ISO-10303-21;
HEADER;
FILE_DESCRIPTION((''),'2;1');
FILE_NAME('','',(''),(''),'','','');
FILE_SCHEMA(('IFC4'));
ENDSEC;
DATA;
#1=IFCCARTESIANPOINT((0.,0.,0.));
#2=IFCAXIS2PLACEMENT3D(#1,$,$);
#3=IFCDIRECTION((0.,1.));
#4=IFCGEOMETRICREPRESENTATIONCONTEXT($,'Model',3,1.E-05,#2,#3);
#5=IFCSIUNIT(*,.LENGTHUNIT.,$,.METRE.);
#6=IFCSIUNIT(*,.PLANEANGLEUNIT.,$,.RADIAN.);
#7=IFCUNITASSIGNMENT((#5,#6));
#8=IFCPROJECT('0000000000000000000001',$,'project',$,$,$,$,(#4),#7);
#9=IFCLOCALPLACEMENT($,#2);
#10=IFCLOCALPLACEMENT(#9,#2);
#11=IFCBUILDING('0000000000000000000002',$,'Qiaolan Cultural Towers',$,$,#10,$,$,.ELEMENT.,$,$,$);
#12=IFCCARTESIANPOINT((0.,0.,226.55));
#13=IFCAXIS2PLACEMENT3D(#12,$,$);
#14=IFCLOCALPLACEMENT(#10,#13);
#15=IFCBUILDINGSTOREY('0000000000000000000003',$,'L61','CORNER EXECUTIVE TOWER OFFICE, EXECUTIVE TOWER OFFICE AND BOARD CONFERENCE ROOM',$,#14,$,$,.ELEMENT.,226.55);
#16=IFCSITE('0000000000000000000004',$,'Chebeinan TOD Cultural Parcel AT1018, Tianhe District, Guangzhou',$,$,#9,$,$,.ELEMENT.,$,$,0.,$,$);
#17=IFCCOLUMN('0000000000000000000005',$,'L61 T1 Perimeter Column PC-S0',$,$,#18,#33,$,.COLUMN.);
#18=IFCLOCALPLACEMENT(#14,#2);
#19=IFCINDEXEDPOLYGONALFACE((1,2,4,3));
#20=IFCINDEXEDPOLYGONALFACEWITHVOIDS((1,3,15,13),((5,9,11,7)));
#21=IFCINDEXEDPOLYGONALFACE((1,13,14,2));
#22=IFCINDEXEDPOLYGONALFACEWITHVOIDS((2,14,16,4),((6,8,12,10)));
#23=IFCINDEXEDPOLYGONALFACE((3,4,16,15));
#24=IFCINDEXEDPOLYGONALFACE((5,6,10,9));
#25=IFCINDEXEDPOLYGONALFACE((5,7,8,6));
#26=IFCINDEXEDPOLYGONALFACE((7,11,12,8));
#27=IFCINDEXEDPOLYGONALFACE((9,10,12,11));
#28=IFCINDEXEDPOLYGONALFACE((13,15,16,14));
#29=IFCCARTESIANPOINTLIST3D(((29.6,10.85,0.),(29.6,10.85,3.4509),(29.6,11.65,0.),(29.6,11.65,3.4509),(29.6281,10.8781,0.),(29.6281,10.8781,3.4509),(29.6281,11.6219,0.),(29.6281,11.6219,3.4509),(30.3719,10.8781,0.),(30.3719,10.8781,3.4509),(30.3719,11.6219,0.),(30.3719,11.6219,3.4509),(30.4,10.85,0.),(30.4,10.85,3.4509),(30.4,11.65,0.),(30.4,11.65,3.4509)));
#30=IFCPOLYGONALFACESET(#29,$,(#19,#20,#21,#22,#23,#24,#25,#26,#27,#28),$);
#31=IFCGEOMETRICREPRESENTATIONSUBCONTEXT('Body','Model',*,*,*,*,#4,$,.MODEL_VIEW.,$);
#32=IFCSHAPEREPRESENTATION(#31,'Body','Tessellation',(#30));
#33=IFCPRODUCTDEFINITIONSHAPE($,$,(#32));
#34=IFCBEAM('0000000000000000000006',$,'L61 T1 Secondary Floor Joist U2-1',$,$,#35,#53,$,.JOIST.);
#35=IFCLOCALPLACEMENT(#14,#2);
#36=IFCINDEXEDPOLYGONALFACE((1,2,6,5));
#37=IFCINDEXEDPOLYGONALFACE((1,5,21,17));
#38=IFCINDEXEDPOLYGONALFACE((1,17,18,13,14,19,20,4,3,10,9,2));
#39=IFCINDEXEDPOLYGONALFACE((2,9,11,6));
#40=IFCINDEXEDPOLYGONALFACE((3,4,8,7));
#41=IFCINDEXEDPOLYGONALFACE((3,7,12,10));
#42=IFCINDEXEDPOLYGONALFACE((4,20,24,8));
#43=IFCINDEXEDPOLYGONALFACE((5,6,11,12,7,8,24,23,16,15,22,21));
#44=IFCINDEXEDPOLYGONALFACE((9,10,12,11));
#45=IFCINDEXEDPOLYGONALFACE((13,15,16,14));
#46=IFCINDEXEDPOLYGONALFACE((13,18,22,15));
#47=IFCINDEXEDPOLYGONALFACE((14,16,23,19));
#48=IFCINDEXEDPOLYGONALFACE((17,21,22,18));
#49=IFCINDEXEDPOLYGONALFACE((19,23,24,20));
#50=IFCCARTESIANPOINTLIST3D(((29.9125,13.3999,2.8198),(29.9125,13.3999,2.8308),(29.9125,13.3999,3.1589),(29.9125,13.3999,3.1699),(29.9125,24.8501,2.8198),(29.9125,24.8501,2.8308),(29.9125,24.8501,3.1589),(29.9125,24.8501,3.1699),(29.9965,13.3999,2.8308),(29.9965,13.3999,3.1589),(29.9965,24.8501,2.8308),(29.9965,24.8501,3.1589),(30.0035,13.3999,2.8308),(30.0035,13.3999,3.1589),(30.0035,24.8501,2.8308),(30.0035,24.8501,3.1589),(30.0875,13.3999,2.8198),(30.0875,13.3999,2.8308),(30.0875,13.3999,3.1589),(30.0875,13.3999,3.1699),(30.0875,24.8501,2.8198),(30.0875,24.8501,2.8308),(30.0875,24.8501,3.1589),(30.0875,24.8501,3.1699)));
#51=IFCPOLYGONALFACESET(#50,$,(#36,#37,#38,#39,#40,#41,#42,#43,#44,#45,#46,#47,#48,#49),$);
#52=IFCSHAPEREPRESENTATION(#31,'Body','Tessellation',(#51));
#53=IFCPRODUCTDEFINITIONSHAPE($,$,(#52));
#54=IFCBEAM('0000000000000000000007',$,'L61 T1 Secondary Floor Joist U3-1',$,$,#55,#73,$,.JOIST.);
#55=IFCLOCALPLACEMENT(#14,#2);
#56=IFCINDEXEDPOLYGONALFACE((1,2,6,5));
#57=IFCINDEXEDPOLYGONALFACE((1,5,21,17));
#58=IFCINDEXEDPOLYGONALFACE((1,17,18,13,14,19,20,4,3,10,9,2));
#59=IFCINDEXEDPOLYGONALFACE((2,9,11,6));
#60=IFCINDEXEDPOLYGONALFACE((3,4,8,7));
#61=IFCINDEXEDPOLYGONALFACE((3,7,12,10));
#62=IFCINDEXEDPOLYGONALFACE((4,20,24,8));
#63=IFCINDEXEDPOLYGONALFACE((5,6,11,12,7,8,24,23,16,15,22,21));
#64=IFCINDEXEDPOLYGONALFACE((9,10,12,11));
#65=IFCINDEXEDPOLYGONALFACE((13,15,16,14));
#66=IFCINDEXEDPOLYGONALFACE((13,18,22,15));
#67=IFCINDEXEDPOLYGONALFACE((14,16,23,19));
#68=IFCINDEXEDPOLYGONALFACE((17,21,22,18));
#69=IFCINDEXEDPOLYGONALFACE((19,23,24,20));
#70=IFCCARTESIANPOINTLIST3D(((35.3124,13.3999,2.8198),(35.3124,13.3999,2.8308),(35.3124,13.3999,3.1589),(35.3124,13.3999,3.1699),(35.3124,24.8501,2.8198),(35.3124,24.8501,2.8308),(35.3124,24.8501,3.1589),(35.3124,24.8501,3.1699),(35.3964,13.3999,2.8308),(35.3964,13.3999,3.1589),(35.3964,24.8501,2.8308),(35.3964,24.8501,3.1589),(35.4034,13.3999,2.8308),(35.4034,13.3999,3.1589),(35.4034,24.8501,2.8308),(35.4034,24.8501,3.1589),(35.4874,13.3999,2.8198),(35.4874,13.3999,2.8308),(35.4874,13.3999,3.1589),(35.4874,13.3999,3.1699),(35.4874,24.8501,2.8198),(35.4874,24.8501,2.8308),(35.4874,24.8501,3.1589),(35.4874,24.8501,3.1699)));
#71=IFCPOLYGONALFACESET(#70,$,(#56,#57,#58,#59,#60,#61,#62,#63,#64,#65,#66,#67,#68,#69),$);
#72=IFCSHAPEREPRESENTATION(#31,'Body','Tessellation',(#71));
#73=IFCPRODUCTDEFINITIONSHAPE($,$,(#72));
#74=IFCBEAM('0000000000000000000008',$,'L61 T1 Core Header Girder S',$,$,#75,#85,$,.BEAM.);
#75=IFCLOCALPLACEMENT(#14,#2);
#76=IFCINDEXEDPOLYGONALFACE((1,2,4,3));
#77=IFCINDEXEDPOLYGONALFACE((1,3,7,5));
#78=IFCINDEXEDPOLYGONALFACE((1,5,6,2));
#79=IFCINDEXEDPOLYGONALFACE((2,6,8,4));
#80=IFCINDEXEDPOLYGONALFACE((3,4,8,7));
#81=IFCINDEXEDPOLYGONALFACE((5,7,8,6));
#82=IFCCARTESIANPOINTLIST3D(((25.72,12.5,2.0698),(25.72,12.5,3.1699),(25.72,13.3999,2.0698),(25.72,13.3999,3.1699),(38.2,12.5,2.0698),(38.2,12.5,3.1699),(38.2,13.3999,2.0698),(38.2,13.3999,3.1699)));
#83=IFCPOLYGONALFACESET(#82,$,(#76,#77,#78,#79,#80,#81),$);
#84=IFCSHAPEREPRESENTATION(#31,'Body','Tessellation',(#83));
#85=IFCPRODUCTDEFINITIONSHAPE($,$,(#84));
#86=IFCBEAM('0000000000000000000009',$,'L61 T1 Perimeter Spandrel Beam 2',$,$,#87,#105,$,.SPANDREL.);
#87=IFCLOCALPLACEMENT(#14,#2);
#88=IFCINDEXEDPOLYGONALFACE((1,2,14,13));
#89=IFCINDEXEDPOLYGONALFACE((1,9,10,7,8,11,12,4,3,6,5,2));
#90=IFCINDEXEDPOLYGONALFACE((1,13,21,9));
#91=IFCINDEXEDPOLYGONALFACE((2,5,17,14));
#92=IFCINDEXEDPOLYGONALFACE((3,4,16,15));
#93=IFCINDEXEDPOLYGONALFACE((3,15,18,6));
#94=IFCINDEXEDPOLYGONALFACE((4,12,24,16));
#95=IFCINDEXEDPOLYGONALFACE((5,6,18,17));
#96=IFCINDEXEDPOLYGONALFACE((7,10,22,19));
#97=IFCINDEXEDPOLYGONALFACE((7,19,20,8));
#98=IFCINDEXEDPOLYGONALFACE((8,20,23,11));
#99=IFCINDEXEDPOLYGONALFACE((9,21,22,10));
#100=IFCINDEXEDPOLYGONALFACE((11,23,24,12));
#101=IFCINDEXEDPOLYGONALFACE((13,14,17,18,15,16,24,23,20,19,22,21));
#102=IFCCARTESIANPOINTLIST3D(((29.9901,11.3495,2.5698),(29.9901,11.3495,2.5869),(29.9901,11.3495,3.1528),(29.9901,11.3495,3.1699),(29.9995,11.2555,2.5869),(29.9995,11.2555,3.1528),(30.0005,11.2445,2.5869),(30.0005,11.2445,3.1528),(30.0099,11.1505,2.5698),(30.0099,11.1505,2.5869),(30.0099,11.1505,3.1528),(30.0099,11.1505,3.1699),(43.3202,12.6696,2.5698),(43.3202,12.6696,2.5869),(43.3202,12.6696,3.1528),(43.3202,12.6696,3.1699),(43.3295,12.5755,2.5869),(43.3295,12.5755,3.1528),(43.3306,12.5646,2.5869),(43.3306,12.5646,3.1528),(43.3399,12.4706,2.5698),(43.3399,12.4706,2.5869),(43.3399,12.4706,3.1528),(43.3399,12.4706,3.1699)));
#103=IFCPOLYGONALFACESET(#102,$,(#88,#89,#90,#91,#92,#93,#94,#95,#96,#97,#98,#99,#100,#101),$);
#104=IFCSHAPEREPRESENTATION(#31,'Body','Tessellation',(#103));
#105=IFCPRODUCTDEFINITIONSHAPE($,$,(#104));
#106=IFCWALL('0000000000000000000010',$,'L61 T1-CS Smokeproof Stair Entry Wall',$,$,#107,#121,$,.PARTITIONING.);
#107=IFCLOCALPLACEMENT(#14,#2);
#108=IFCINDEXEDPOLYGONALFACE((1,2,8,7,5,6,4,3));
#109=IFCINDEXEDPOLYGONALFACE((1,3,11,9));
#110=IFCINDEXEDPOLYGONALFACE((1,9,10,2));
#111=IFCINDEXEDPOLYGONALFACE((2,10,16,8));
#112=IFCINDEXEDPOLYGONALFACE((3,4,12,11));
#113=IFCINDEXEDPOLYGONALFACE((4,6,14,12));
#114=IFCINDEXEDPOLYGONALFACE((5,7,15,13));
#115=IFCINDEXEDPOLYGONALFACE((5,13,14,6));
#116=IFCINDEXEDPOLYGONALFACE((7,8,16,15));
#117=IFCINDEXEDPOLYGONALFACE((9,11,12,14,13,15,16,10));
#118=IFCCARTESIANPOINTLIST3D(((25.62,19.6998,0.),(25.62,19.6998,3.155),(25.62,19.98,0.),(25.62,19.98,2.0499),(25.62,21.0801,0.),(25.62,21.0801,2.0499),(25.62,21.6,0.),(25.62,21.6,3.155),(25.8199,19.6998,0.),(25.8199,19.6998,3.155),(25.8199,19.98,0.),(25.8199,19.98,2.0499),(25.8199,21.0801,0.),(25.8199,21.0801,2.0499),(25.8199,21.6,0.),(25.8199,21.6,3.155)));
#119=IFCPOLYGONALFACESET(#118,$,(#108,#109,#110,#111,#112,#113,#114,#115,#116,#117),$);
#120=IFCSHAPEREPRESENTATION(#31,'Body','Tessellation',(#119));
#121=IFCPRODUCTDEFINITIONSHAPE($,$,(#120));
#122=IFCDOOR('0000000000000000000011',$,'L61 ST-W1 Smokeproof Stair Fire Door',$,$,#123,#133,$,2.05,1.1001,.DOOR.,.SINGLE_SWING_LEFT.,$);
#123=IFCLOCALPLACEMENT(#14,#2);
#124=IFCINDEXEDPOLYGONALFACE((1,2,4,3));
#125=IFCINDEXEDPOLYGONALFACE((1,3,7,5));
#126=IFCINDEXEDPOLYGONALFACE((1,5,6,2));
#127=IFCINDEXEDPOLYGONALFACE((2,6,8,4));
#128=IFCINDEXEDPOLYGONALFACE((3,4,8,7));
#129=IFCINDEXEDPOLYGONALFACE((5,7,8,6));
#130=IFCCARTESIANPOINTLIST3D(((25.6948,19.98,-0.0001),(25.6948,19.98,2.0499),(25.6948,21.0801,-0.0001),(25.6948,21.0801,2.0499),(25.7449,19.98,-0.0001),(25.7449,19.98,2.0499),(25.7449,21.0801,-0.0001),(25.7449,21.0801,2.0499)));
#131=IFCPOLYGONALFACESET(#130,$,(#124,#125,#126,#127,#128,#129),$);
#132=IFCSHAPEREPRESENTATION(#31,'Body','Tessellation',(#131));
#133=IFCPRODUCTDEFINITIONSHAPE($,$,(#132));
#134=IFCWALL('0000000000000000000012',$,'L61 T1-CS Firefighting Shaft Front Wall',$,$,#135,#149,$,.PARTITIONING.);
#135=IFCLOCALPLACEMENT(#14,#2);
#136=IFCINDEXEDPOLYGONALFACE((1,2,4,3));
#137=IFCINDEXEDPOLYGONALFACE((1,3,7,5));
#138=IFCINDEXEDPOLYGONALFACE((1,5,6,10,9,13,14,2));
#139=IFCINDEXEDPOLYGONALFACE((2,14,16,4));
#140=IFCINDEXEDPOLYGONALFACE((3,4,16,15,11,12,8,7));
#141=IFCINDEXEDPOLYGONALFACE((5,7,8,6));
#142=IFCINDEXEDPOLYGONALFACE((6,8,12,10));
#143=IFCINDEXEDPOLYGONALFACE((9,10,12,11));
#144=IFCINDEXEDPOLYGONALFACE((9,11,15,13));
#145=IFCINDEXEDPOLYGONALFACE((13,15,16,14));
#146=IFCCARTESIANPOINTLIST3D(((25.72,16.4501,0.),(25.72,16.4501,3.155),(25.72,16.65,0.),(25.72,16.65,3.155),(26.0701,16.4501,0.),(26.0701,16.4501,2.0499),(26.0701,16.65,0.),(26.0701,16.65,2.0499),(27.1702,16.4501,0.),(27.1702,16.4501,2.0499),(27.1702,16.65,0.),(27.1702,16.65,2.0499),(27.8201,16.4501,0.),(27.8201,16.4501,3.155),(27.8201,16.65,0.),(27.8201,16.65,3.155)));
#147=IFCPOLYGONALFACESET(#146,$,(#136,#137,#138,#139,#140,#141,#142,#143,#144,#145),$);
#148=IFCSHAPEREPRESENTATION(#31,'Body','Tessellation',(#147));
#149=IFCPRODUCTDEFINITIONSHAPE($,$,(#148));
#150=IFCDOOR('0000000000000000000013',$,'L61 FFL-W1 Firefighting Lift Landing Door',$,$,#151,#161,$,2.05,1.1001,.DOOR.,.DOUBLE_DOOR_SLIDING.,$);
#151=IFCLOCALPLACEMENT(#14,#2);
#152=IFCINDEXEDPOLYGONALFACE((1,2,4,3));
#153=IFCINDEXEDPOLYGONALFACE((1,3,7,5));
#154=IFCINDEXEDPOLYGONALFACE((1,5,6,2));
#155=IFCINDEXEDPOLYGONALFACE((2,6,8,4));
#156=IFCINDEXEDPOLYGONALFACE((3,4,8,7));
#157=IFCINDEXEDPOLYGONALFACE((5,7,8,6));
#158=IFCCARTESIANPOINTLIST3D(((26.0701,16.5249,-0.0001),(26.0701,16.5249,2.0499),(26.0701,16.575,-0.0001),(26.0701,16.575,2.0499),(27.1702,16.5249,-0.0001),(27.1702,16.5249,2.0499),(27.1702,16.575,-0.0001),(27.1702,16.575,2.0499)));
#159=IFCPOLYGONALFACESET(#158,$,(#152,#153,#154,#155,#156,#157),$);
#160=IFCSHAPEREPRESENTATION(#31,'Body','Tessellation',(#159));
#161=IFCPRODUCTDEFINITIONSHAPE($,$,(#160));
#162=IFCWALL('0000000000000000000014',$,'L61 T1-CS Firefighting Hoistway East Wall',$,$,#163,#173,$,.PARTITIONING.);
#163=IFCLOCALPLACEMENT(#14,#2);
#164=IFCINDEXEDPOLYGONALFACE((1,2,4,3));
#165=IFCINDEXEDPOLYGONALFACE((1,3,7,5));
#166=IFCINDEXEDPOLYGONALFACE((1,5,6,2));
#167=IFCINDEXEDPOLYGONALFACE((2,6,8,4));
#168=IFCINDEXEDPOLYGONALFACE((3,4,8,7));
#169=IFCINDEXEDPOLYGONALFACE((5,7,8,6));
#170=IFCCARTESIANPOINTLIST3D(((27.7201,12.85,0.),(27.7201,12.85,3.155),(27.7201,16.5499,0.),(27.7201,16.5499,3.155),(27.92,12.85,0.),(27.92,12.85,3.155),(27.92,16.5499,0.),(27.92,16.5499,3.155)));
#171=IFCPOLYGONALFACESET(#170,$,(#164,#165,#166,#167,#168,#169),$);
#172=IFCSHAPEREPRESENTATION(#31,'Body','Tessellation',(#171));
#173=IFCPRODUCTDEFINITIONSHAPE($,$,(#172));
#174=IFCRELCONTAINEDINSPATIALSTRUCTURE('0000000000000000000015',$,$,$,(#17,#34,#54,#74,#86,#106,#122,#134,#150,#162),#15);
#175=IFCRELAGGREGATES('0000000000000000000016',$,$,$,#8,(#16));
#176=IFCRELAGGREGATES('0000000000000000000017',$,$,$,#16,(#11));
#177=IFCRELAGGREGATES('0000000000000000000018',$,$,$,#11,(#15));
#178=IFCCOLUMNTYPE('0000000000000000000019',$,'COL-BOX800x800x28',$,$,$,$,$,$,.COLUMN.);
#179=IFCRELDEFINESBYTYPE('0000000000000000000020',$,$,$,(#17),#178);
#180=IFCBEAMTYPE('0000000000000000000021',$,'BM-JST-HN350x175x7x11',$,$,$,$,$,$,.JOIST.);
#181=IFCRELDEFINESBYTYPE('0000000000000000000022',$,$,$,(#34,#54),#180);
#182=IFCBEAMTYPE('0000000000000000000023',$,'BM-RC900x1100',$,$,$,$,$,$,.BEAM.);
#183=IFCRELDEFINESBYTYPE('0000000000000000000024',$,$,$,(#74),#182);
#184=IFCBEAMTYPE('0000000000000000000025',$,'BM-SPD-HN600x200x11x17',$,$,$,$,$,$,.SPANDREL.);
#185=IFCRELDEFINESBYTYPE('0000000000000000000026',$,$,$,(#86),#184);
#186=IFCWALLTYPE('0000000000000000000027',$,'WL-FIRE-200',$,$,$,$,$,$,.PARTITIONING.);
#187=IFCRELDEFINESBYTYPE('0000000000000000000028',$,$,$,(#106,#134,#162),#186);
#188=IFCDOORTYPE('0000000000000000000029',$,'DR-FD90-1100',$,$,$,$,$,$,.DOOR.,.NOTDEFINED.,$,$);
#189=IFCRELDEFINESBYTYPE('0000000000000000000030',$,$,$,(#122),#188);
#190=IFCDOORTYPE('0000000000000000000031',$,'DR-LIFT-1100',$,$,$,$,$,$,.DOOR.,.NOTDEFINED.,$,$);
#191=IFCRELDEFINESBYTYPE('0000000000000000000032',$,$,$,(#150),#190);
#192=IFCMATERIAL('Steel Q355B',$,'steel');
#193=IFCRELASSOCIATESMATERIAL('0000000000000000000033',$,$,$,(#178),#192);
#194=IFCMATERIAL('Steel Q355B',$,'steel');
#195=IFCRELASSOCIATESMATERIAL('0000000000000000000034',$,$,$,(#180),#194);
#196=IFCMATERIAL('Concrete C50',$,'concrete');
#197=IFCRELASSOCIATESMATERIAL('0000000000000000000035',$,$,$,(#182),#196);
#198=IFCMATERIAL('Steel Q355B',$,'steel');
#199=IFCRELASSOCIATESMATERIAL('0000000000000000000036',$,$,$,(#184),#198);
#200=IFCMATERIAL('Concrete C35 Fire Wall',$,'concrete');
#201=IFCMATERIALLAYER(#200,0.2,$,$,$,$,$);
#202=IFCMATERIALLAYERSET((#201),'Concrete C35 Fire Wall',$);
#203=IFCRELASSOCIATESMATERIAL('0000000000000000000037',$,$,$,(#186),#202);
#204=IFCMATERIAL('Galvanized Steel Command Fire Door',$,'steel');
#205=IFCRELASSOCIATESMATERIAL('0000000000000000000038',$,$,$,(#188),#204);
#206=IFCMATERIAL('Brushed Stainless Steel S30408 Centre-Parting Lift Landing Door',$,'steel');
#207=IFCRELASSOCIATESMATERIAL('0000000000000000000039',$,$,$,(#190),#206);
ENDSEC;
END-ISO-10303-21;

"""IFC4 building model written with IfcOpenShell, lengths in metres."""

from ifc_helpers import new_model, si_unit, direction, frame, frame_2d, origin, origin_2d, place, context, subcontext, project, spatial, rectangle, hollow_rectangle, i_section, extrude, material, layer, layer_set, material_profile, profile_set, type_object, element, fill, save


model = new_model("IFC4")

# Units and contexts
model_context = context("Model", 3, precision=1e-05, world=origin(), true_north=direction((0.0, 1.0)))
body_context = subcontext(model_context, "Body", "Model", "MODEL_VIEW")
ifc_project = project(units=[si_unit("LENGTHUNIT", "METRE"), si_unit("PLANEANGLEUNIT", "RADIAN")], contexts=[model_context])

# Site, building, storey
site_placement = place(None, origin())
site = spatial("IfcSite", under=ifc_project, at=site_placement, Name="Chebeinan TOD Cultural Parcel AT1018, Tianhe District, Guangzhou", CompositionType="ELEMENT", RefElevation=0.0)
building_placement = place(site_placement, origin())
building = spatial("IfcBuilding", under=site, at=building_placement, Name="Qiaolan Cultural Towers", CompositionType="ELEMENT")
storey_placement = place(building_placement, frame((0.0, 0.0, 226.55)))
storey = spatial("IfcBuildingStorey", under=building, at=storey_placement, Name="L61", Description="CORNER EXECUTIVE TOWER OFFICE, EXECUTIVE TOWER OFFICE AND BOARD CONFERENCE ROOM", CompositionType="ELEMENT", Elevation=226.55)

# Column
ifc_material_1 = material(Name="Steel Q355B", Category="steel")
ifc_material_profile_1 = material_profile(ifc_material_1, hollow_rectangle(XDim=0.8, YDim=0.8, WallThickness=0.0281, at=origin_2d()), Name="BOX800x800x28")
ifc_profile_set_1 = profile_set([ifc_material_profile_1], Name="Steel Q355B")
column_type = type_object("IfcColumnType", Name="COL-BOX800x800x28", PredefinedType="COLUMN", material=ifc_profile_set_1)
column_placement = place(storey_placement, frame((30.0, 11.25, 0.0), z_axis=(0.0, 0.0, 1.0), x_axis=(1.0, 0.0, 0.0)))
element("IfcColumn", 1, at=column_placement, inside=storey, type_object=column_type, Name="L61 T1 Perimeter Column PC-S0", PredefinedType="COLUMN", context=body_context, shape_type="SweptSolid", body=[
    extrude(hollow_rectangle(XDim=0.8, YDim=0.8, WallThickness=0.0281, at=origin_2d()), origin(), (0.0, 0.0, 1.0), 3.4509),
])

# Beams
ifc_material_2 = material(Name="Steel Q355B", Category="steel")
ifc_material_profile_2 = material_profile(ifc_material_2, i_section(OverallWidth=0.175, OverallDepth=0.3501, WebThickness=0.0071, FlangeThickness=0.011, at=origin_2d()), Name="HN350x175x7x11")
ifc_profile_set_2 = profile_set([ifc_material_profile_2], Name="Steel Q355B")
beam_type_1 = type_object("IfcBeamType", Name="BM-JST-HN350x175x7x11", PredefinedType="JOIST", material=ifc_profile_set_2)
for number, where, z_axis, x_axis, name in (
    (2, (30.0, 13.3999, 2.9949), (0.0, 1.0, 0.0), (-1.0, 0.0, 0.0), "L61 T1 Secondary Floor Joist U2-1"),
    (3, (35.3999, 13.3999, 2.9949), (0.0, 1.0, 0.0), (-1.0, 0.0, 0.0), "L61 T1 Secondary Floor Joist U3-1"),
):
    element("IfcBeam", number, at=place(storey_placement, frame(where, z_axis=z_axis, x_axis=x_axis)), inside=storey, type_object=beam_type_1, Name=name, PredefinedType="JOIST", context=body_context, shape_type="SweptSolid", body=[
        extrude(i_section(OverallWidth=0.175, OverallDepth=0.3501, WebThickness=0.0071, FlangeThickness=0.011, at=origin_2d()), origin(), (0.0, 0.0, 1.0), 11.4502),
    ])
ifc_material_3 = material(Name="Concrete C50", Category="concrete")
ifc_material_profile_3 = material_profile(ifc_material_3, rectangle(XDim=0.8999, YDim=1.1001, at=origin_2d()), Name="RC900x1100")
ifc_profile_set_3 = profile_set([ifc_material_profile_3], Name="Concrete C50")
beam_type_2 = type_object("IfcBeamType", Name="BM-RC900x1100", PredefinedType="BEAM", material=ifc_profile_set_3)
beam_1_placement = place(storey_placement, frame((25.72, 12.95, 2.6199), z_axis=(1.0, 0.0, 0.0), x_axis=(0.0, 1.0, 0.0)))
element("IfcBeam", 4, at=beam_1_placement, inside=storey, type_object=beam_type_2, Name="L61 T1 Core Header Girder S", PredefinedType="BEAM", context=body_context, shape_type="SweptSolid", body=[
    extrude(rectangle(XDim=0.8999, YDim=1.1001, at=origin_2d()), origin(), (0.0, 0.0, 1.0), 12.48),
])
ifc_material_4 = material(Name="Steel Q355B", Category="steel")
ifc_material_profile_4 = material_profile(ifc_material_4, i_section(OverallWidth=0.2, OverallDepth=0.6001, WebThickness=0.011, FlangeThickness=0.0171, at=origin_2d()), Name="HN600x200x11x17")
ifc_profile_set_4 = profile_set([ifc_material_profile_4], Name="Steel Q355B")
beam_type_3 = type_object("IfcBeamType", Name="BM-SPD-HN600x200x11x17", PredefinedType="SPANDREL", material=ifc_profile_set_4)
beam_2_placement = place(storey_placement, frame((30.0, 11.25, 2.8699), z_axis=(0.995132, 0.098547, 0.0), x_axis=(-0.098547, 0.995132, 0.0)))
element("IfcBeam", 5, at=beam_2_placement, inside=storey, type_object=beam_type_3, Name="L61 T1 Perimeter Spandrel Beam 2", PredefinedType="SPANDREL", context=body_context, shape_type="SweptSolid", body=[
    extrude(i_section(OverallWidth=0.2, OverallDepth=0.6001, WebThickness=0.011, FlangeThickness=0.0171, at=origin_2d()), origin(), (0.0, 0.0, 1.0), 13.3953),
])

# Walls, openings, doors
ifc_material_5 = material(Name="Concrete C35 Fire Wall", Category="concrete")
ifc_layer_1 = layer(ifc_material_5, 0.2)
ifc_layer_set_1 = layer_set([ifc_layer_1], Name="Concrete C35 Fire Wall")
wall_type_1 = type_object("IfcWallType", Name="WL-FIRE-200", PredefinedType="PARTITIONING", material=ifc_layer_set_1)
wall_1_placement = place(storey_placement, frame((25.72, 21.6001, 0.0), z_axis=(0.0, 0.0, 1.0), x_axis=(0.0, -1.0, 0.0)))
wall_1 = element("IfcWall", 6, at=wall_1_placement, inside=storey, type_object=wall_type_1, Name="L61 T1-CS Smokeproof Stair Entry Wall", PredefinedType="PARTITIONING", context=body_context, shape_type="SweptSolid", body=[
    extrude(rectangle(XDim=1.9001, YDim=0.2, at=frame_2d((0.9502, 0.0))), origin(), (0.0, 0.0, 1.0), 3.155),
])
opening_1_placement = place(wall_1_placement, frame((0.52, 0.0, 0.0)))
opening_1 = element("IfcOpeningElement", 7, at=opening_1_placement, cuts=wall_1, PredefinedType="OPENING", context=body_context, shape_type="SweptSolid", body=[
    extrude(rectangle(XDim=1.1001, YDim=2.05, at=frame_2d((0.55, 1.0249))), frame((0.0, 0.1099, 0.0), z_axis=(0.0, -1.0, 0.0), x_axis=(1.0, 0.0, 0.0)), (0.0, 0.0, 1.0), 0.22),
])
ifc_material_6 = material(Name="Galvanized Steel Command Fire Door", Category="steel")
door_type_1 = type_object("IfcDoorType", Name="DR-FD90-1100", OperationType="NOTDEFINED", PredefinedType="DOOR", material=ifc_material_6)
door_1_placement = place(opening_1_placement, origin())
door_1 = element("IfcDoor", 8, at=door_1_placement, inside=storey, type_object=door_type_1, Name="L61 ST-W1 Smokeproof Stair Fire Door", OperationType="SINGLE_SWING_LEFT", OverallHeight=2.05, OverallWidth=1.1001, PredefinedType="DOOR", context=body_context, shape_type="SweptSolid", body=[
    extrude(rectangle(XDim=1.1001, YDim=2.05, at=frame_2d((0.55, 1.0249))), frame((0.0, 0.0249, 0.0), z_axis=(0.0, -1.0, 0.0), x_axis=(1.0, 0.0, 0.0)), (0.0, 0.0, 1.0), 0.05),
])
fill(opening_1, door_1)
wall_2_placement = place(storey_placement, frame((25.72, 16.55, 0.0), z_axis=(0.0, 0.0, 1.0), x_axis=(1.0, 0.0, 0.0)))
wall_2 = element("IfcWall", 9, at=wall_2_placement, inside=storey, type_object=wall_type_1, Name="L61 T1-CS Firefighting Shaft Front Wall", PredefinedType="PARTITIONING", context=body_context, shape_type="SweptSolid", body=[
    extrude(rectangle(XDim=2.1001, YDim=0.2, at=frame_2d((1.05, 0.0))), origin(), (0.0, 0.0, 1.0), 3.155),
])
opening_2_placement = place(wall_2_placement, frame((0.3501, 0.0, 0.0)))
opening_2 = element("IfcOpeningElement", 10, at=opening_2_placement, cuts=wall_2, PredefinedType="OPENING", context=body_context, shape_type="SweptSolid", body=[
    extrude(rectangle(XDim=1.1001, YDim=2.05, at=frame_2d((0.55, 1.0249))), frame((0.0, 0.1099, 0.0), z_axis=(0.0, -1.0, 0.0), x_axis=(1.0, 0.0, 0.0)), (0.0, 0.0, 1.0), 0.22),
])
ifc_material_7 = material(Name="Brushed Stainless Steel S30408 Centre-Parting Lift Landing Door", Category="steel")
door_type_2 = type_object("IfcDoorType", Name="DR-LIFT-1100", OperationType="NOTDEFINED", PredefinedType="DOOR", material=ifc_material_7)
door_2_placement = place(opening_2_placement, origin())
door_2 = element("IfcDoor", 11, at=door_2_placement, inside=storey, type_object=door_type_2, Name="L61 FFL-W1 Firefighting Lift Landing Door", OperationType="DOUBLE_DOOR_SLIDING", OverallHeight=2.05, OverallWidth=1.1001, PredefinedType="DOOR", context=body_context, shape_type="SweptSolid", body=[
    extrude(rectangle(XDim=1.1001, YDim=2.05, at=frame_2d((0.55, 1.0249))), frame((0.0, 0.0249, 0.0), z_axis=(0.0, -1.0, 0.0), x_axis=(1.0, 0.0, 0.0)), (0.0, 0.0, 1.0), 0.05),
])
fill(opening_2, door_2)

# Wall
wall_3_placement = place(storey_placement, frame((27.8201, 16.55, 0.0), z_axis=(0.0, 0.0, 1.0), x_axis=(0.0, -1.0, 0.0)))
element("IfcWall", 12, at=wall_3_placement, inside=storey, type_object=wall_type_1, Name="L61 T1-CS Firefighting Hoistway East Wall", PredefinedType="PARTITIONING", context=body_context, shape_type="SweptSolid", body=[
    extrude(rectangle(XDim=3.7, YDim=0.2, at=frame_2d((1.8501, 0.0))), origin(), (0.0, 0.0, 1.0), 3.155),
])

save(model, "model.ifc")
